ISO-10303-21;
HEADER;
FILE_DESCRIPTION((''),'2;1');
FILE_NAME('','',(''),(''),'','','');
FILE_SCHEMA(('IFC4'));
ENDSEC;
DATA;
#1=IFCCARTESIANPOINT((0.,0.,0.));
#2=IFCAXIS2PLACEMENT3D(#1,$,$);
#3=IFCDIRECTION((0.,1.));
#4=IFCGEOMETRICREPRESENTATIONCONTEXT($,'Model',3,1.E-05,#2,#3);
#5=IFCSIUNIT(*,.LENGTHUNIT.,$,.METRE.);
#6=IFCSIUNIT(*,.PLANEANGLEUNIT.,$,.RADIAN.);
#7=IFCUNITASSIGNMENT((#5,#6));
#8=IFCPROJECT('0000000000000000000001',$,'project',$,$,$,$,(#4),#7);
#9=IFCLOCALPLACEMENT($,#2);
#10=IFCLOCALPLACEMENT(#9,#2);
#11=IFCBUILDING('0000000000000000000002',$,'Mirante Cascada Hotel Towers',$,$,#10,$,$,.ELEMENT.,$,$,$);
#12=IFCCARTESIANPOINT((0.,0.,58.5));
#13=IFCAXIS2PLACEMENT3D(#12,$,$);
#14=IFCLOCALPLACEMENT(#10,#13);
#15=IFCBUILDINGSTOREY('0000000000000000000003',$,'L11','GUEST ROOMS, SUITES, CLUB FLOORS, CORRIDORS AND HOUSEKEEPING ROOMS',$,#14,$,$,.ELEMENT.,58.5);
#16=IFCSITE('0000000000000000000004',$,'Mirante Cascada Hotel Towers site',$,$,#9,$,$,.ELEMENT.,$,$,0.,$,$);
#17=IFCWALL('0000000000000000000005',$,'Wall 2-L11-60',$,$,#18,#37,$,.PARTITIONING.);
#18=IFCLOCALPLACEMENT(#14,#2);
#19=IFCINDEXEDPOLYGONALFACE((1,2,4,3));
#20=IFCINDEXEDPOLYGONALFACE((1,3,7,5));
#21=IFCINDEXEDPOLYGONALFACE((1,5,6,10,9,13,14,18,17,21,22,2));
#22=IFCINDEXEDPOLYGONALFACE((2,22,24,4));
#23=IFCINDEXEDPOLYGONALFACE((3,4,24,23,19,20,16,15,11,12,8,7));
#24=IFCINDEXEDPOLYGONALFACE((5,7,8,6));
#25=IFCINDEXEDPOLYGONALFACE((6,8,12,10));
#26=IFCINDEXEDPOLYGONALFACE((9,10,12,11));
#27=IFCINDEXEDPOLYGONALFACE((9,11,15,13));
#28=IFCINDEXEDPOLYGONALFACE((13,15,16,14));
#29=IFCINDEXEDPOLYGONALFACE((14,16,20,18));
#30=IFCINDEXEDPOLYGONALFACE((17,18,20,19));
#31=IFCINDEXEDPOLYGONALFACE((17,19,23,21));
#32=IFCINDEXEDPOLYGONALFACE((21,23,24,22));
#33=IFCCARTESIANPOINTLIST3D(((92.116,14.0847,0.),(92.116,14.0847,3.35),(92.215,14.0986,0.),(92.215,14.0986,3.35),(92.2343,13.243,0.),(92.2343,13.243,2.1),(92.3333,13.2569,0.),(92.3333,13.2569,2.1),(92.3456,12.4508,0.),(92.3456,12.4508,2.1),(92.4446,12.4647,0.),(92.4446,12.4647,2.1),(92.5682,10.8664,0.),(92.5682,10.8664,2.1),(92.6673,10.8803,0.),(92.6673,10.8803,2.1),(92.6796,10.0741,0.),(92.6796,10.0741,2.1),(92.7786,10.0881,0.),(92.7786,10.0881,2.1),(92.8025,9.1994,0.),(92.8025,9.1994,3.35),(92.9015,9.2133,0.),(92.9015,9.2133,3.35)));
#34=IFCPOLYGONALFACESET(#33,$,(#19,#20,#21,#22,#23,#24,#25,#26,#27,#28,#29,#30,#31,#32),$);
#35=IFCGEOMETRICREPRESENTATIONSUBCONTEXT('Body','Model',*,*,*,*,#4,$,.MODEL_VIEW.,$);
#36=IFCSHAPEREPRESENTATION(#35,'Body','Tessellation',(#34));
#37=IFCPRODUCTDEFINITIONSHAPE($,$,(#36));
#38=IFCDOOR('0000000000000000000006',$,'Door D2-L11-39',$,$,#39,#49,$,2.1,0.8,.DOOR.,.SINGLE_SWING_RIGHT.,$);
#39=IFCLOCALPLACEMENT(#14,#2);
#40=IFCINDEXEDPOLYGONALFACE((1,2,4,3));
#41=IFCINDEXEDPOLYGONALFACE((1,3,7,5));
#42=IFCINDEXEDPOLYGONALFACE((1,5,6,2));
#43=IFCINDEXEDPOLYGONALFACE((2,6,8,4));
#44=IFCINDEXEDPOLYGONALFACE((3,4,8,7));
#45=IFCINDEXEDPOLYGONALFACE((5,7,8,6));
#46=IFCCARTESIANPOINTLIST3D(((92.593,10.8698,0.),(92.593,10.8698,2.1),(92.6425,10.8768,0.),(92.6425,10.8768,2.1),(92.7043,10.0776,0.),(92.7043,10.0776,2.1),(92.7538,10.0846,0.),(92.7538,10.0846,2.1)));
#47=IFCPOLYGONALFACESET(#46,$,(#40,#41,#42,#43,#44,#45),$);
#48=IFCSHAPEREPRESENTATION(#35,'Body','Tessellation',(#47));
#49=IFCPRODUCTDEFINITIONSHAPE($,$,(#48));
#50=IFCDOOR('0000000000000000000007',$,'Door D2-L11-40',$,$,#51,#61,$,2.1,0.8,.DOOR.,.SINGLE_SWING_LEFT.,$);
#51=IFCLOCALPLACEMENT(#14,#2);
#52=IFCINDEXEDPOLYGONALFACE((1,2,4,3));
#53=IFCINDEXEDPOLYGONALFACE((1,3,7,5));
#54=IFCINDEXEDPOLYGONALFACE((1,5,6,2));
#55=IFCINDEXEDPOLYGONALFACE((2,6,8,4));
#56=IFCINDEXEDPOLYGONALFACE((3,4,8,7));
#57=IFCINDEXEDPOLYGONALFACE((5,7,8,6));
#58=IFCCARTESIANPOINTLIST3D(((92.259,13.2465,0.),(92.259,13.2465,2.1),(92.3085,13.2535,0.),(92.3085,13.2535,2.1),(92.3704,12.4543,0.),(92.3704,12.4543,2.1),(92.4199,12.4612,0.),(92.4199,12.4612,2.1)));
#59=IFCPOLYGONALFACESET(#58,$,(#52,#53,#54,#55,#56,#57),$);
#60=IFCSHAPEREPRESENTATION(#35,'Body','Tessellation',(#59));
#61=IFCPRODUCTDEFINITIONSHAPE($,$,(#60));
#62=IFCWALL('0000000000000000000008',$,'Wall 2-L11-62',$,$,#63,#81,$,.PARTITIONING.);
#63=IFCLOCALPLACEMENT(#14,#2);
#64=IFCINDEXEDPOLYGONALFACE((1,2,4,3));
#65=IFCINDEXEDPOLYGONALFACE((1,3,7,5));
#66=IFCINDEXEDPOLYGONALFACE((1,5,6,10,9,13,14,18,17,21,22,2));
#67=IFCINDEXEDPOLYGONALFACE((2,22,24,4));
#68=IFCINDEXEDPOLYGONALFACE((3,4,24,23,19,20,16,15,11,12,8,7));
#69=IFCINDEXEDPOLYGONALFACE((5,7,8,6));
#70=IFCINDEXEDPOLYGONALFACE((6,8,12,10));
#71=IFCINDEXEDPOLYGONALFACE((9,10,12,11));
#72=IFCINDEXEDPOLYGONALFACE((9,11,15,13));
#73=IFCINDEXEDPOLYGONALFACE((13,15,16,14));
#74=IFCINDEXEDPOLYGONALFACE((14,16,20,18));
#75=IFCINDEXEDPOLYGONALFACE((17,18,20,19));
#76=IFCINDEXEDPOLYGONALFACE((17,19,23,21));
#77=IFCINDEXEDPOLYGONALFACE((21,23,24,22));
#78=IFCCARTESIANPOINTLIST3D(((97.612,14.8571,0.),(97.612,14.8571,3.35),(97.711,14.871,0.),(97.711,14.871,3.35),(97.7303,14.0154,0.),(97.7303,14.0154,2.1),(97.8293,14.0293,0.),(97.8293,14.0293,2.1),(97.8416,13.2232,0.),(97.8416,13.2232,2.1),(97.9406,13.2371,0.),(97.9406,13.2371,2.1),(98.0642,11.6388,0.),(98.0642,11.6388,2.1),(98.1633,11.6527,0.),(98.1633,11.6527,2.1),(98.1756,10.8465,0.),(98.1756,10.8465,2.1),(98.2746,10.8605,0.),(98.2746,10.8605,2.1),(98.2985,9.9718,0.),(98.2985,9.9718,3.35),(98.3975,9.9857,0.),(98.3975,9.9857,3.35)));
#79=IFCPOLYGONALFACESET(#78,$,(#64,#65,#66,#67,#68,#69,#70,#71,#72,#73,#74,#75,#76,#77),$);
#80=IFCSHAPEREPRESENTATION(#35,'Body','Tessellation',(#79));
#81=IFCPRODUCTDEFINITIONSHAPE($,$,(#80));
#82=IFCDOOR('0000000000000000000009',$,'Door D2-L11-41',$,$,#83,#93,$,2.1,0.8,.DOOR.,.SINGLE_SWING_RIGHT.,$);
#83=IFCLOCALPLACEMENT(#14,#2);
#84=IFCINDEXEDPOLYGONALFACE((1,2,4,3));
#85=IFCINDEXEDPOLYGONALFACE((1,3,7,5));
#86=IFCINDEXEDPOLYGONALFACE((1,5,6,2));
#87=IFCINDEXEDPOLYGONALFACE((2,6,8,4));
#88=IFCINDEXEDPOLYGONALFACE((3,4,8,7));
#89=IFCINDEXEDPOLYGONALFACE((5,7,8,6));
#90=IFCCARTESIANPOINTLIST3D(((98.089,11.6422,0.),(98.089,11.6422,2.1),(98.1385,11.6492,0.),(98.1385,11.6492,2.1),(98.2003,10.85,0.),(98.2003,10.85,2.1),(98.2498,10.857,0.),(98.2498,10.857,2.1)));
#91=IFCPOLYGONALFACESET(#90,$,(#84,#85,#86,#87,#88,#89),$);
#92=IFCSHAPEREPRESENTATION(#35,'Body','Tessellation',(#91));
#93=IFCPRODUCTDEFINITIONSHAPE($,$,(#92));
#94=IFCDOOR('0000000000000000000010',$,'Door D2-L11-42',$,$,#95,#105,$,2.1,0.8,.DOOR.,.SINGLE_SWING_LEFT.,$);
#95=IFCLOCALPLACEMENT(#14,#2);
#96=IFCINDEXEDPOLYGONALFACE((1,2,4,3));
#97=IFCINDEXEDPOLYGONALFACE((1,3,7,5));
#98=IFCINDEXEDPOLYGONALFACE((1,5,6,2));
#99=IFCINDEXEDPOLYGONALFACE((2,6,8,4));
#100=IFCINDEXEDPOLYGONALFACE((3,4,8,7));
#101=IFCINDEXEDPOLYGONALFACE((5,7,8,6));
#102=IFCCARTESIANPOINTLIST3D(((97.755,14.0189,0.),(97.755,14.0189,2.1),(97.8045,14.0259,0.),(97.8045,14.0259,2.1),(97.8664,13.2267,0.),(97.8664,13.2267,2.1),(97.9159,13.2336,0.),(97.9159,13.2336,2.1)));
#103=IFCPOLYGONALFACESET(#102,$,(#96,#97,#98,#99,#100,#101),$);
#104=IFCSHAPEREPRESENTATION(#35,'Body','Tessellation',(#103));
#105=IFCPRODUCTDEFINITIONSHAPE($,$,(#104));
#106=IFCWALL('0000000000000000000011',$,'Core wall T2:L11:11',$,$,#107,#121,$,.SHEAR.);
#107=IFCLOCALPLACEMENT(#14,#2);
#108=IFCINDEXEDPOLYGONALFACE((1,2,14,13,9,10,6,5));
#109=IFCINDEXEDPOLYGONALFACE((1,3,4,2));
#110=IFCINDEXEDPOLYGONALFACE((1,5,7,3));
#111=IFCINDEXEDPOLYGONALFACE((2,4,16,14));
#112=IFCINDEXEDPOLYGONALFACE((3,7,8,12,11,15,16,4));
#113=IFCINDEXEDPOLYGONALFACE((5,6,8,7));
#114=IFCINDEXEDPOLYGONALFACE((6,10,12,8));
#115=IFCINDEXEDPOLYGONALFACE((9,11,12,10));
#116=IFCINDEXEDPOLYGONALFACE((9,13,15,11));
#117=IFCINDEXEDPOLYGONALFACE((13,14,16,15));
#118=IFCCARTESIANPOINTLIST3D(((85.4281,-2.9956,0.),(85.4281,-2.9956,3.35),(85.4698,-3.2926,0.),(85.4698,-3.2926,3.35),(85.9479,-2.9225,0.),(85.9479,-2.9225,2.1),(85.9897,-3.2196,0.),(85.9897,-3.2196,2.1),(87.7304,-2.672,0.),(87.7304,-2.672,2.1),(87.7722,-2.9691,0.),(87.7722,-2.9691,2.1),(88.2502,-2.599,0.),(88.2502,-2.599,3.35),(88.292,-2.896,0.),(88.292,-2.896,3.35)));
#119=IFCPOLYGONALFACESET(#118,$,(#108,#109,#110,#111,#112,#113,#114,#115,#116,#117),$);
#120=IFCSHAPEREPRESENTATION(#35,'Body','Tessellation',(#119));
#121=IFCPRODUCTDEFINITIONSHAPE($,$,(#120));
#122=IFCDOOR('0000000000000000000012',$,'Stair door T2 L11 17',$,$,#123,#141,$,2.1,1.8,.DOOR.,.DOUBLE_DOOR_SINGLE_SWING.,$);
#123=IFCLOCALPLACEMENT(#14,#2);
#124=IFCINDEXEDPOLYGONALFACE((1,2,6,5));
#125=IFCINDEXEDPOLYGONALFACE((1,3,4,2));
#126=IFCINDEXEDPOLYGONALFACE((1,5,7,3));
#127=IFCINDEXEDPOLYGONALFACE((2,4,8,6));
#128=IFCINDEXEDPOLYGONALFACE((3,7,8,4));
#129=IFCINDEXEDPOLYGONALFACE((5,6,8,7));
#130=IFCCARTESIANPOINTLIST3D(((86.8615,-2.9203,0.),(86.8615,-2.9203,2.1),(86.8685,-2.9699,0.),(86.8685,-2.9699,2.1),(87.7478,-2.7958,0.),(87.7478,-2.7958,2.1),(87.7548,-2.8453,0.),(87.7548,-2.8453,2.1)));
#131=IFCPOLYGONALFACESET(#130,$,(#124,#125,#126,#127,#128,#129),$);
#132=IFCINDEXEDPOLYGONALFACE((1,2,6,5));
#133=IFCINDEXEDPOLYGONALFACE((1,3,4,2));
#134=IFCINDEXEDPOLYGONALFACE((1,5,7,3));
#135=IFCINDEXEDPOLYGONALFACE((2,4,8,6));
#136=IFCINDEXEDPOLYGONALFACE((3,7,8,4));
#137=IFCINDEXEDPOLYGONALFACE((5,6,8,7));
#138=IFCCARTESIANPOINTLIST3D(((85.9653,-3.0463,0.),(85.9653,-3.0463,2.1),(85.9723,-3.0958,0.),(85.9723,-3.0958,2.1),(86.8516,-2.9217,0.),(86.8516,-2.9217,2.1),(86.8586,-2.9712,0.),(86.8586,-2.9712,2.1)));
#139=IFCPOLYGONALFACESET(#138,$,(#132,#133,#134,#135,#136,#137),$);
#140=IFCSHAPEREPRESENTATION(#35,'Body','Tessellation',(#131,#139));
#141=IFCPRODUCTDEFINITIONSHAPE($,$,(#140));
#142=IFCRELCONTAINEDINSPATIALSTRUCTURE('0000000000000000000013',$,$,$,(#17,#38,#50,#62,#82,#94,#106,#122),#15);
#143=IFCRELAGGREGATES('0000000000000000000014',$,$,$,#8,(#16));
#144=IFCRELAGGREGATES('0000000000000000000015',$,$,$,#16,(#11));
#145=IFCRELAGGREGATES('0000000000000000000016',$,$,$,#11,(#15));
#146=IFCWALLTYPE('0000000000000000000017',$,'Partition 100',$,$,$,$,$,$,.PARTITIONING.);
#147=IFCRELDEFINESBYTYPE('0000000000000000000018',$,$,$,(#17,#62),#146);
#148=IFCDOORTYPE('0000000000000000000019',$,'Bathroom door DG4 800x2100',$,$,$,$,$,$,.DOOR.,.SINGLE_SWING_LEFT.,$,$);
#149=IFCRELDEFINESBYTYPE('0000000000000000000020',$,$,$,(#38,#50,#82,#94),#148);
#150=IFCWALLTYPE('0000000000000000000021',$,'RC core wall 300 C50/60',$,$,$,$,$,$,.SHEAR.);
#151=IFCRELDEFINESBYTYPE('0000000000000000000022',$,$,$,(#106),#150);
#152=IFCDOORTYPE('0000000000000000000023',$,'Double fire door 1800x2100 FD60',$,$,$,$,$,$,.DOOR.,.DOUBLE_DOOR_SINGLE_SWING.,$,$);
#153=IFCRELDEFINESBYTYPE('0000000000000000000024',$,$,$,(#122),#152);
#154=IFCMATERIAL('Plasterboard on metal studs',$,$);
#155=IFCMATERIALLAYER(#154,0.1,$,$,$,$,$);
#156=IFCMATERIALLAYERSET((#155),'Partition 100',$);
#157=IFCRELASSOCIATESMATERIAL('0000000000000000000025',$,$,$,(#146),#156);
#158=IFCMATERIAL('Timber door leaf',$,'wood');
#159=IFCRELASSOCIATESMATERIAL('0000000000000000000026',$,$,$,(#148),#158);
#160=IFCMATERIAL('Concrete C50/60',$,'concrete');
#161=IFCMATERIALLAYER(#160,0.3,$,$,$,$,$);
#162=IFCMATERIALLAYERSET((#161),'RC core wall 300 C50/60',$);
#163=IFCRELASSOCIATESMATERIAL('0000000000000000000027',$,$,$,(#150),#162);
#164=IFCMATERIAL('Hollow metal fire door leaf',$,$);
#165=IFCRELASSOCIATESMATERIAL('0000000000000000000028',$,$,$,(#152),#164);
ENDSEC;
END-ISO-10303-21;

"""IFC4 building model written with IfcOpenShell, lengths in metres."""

from ifc_helpers import new_model, si_unit, direction, frame, frame_2d, origin, place, context, subcontext, project, spatial, rectangle, extrude, material, layer, layer_set, type_object, element, fill, save


model = new_model("IFC4")

# Units and contexts
model_context = context("Model", 3, precision=1e-05, world=origin(), true_north=direction((0.0, 1.0)))
body_context = subcontext(model_context, "Body", "Model", "MODEL_VIEW")
ifc_project = project(units=[si_unit("LENGTHUNIT", "METRE"), si_unit("PLANEANGLEUNIT", "RADIAN")], contexts=[model_context])

# Site, building, storey
site_placement = place(None, origin())
site = spatial("IfcSite", under=ifc_project, at=site_placement, Name="Mirante Cascada Hotel Towers site", CompositionType="ELEMENT", RefElevation=0.0)
building_placement = place(site_placement, origin())
building = spatial("IfcBuilding", under=site, at=building_placement, Name="Mirante Cascada Hotel Towers", CompositionType="ELEMENT")
storey_placement = place(building_placement, frame((0.0, 0.0, 58.5)))
storey = spatial("IfcBuildingStorey", under=building, at=storey_placement, Name="L11", Description="GUEST ROOMS, SUITES, CLUB FLOORS, CORRIDORS AND HOUSEKEEPING ROOMS", CompositionType="ELEMENT", Elevation=58.5)

# Shared definitions
ifc_material_1 = material(Name="Plasterboard on metal studs")
ifc_layer_1 = layer(ifc_material_1, 0.1)
ifc_layer_set_1 = layer_set([ifc_layer_1], Name="Partition 100")
wall_type_1 = type_object("IfcWallType", Name="Partition 100", PredefinedType="PARTITIONING", material=ifc_layer_set_1)

# Walls, openings, doors
wall_1_placement = place(storey_placement, frame((92.852, 9.2064, 0.0), z_axis=(0.0, 0.0, 1.0), x_axis=(-0.139156, 0.99027, 0.0)))
wall_1 = element("IfcWall", 1, at=wall_1_placement, inside=storey, type_object=wall_type_1, Name="Wall 2-L11-60", PredefinedType="PARTITIONING", context=body_context, shape_type="SweptSolid", body=[
    extrude(rectangle(XDim=4.9333, YDim=0.1, at=frame_2d((2.4666, 0.0))), origin(), (0.0, 0.0, 1.0), 3.35),
])
opening_1_placement = place(wall_1_placement, frame((0.8833, 0.0, 0.0)))
opening_1 = element("IfcOpeningElement", 2, at=opening_1_placement, cuts=wall_1, PredefinedType="OPENING", context=body_context, shape_type="SweptSolid", body=[
    extrude(rectangle(XDim=0.8, YDim=2.1, at=frame_2d((0.4, 1.05))), frame((0.0, 0.05, 0.0), z_axis=(0.0, -1.0, 0.0), x_axis=(1.0, 0.0, 0.0)), (0.0, 0.0, 1.0), 0.1),
])
opening_2_placement = place(wall_1_placement, frame((3.2833, 0.0, 0.0)))
opening_2 = element("IfcOpeningElement", 3, at=opening_2_placement, cuts=wall_1, PredefinedType="OPENING", context=body_context, shape_type="SweptSolid", body=[
    extrude(rectangle(XDim=0.8, YDim=2.1, at=frame_2d((0.4, 1.05))), frame((0.0, 0.05, 0.0), z_axis=(0.0, -1.0, 0.0), x_axis=(1.0, 0.0, 0.0)), (0.0, 0.0, 1.0), 0.1),
])
ifc_material_2 = material(Name="Timber door leaf", Category="wood")
door_type_1 = type_object("IfcDoorType", Name="Bathroom door DG4 800x2100", OperationType="SINGLE_SWING_LEFT", PredefinedType="DOOR", material=ifc_material_2)
door_1_placement = place(opening_1_placement, frame((0.8, 0.0, 0.0), z_axis=(0.0, 0.0, 1.0), x_axis=(-1.0, 0.0, 0.0)))
door_1 = element("IfcDoor", 4, at=door_1_placement, inside=storey, type_object=door_type_1, Name="Door D2-L11-39", OperationType="SINGLE_SWING_RIGHT", OverallHeight=2.1, OverallWidth=0.8, PredefinedType="DOOR", context=body_context, shape_type="SweptSolid", body=[
    extrude(rectangle(XDim=0.8, YDim=2.1, at=frame_2d((0.4, 1.05))), frame((0.0, 0.025, 0.0), z_axis=(0.0, -1.0, 0.0), x_axis=(1.0, 0.0, 0.0)), (0.0, 0.0, 1.0), 0.05),
])
fill(opening_1, door_1)
door_2_placement = place(opening_2_placement, origin())
door_2 = element("IfcDoor", 5, at=door_2_placement, inside=storey, type_object=door_type_1, Name="Door D2-L11-40", OperationType="SINGLE_SWING_LEFT", OverallHeight=2.1, OverallWidth=0.8, PredefinedType="DOOR", context=body_context, shape_type="SweptSolid", body=[
    extrude(rectangle(XDim=0.8, YDim=2.1, at=frame_2d((0.4, 1.05))), frame((0.0, 0.025, 0.0), z_axis=(0.0, -1.0, 0.0), x_axis=(1.0, 0.0, 0.0)), (0.0, 0.0, 1.0), 0.05),
])
fill(opening_2, door_2)
wall_2_placement = place(storey_placement, frame((98.348, 9.9788, 0.0), z_axis=(0.0, 0.0, 1.0), x_axis=(-0.139156, 0.99027, 0.0)))
wall_2 = element("IfcWall", 6, at=wall_2_placement, inside=storey, type_object=wall_type_1, Name="Wall 2-L11-62", PredefinedType="PARTITIONING", context=body_context, shape_type="SweptSolid", body=[
    extrude(rectangle(XDim=4.9333, YDim=0.1, at=frame_2d((2.4666, 0.0))), origin(), (0.0, 0.0, 1.0), 3.35),
])
opening_3_placement = place(wall_2_placement, frame((0.8833, 0.0, 0.0)))
opening_3 = element("IfcOpeningElement", 7, at=opening_3_placement, cuts=wall_2, PredefinedType="OPENING", context=body_context, shape_type="SweptSolid", body=[
    extrude(rectangle(XDim=0.8, YDim=2.1, at=frame_2d((0.4, 1.05))), frame((0.0, 0.05, 0.0), z_axis=(0.0, -1.0, 0.0), x_axis=(1.0, 0.0, 0.0)), (0.0, 0.0, 1.0), 0.1),
])
opening_4_placement = place(wall_2_placement, frame((3.2833, 0.0, 0.0)))
opening_4 = element("IfcOpeningElement", 8, at=opening_4_placement, cuts=wall_2, PredefinedType="OPENING", context=body_context, shape_type="SweptSolid", body=[
    extrude(rectangle(XDim=0.8, YDim=2.1, at=frame_2d((0.4, 1.05))), frame((0.0, 0.05, 0.0), z_axis=(0.0, -1.0, 0.0), x_axis=(1.0, 0.0, 0.0)), (0.0, 0.0, 1.0), 0.1),
])
door_3_placement = place(opening_3_placement, frame((0.8, 0.0, 0.0), z_axis=(0.0, 0.0, 1.0), x_axis=(-1.0, 0.0, 0.0)))
door_3 = element("IfcDoor", 9, at=door_3_placement, inside=storey, type_object=door_type_1, Name="Door D2-L11-41", OperationType="SINGLE_SWING_RIGHT", OverallHeight=2.1, OverallWidth=0.8, PredefinedType="DOOR", context=body_context, shape_type="SweptSolid", body=[
    extrude(rectangle(XDim=0.8, YDim=2.1, at=frame_2d((0.4, 1.05))), frame((0.0, 0.025, 0.0), z_axis=(0.0, -1.0, 0.0), x_axis=(1.0, 0.0, 0.0)), (0.0, 0.0, 1.0), 0.05),
])
fill(opening_3, door_3)
door_4_placement = place(opening_4_placement, origin())
door_4 = element("IfcDoor", 10, at=door_4_placement, inside=storey, type_object=door_type_1, Name="Door D2-L11-42", OperationType="SINGLE_SWING_LEFT", OverallHeight=2.1, OverallWidth=0.8, PredefinedType="DOOR", context=body_context, shape_type="SweptSolid", body=[
    extrude(rectangle(XDim=0.8, YDim=2.1, at=frame_2d((0.4, 1.05))), frame((0.0, 0.025, 0.0), z_axis=(0.0, -1.0, 0.0), x_axis=(1.0, 0.0, 0.0)), (0.0, 0.0, 1.0), 0.05),
])
fill(opening_4, door_4)

# Wall, opening, door
ifc_material_3 = material(Name="Concrete C50/60", Category="concrete")
ifc_layer_2 = layer(ifc_material_3, 0.3)
ifc_layer_set_2 = layer_set([ifc_layer_2], Name="RC core wall 300 C50/60")
wall_type_2 = type_object("IfcWallType", Name="RC core wall 300 C50/60", PredefinedType="SHEAR", material=ifc_layer_set_2)
wall_3_placement = place(storey_placement, frame((85.4489, -3.1441, 0.0), z_axis=(0.0, 0.0, 1.0), x_axis=(0.99027, 0.139161, 0.0)))
wall_3 = element("IfcWall", 11, at=wall_3_placement, inside=storey, type_object=wall_type_2, Name="Core wall T2:L11:11", PredefinedType="SHEAR", context=body_context, shape_type="SweptSolid", body=[
    extrude(rectangle(XDim=2.8499, YDim=0.3, at=frame_2d((1.425, 0.0))), origin(), (0.0, 0.0, 1.0), 3.35),
])
opening_5_placement = place(wall_3_placement, frame((0.525, 0.0, 0.0)))
opening_5 = element("IfcOpeningElement", 12, at=opening_5_placement, cuts=wall_3, PredefinedType="OPENING", context=body_context, shape_type="SweptSolid", body=[
    extrude(rectangle(XDim=1.8, YDim=2.1, at=frame_2d((0.9, 1.05))), frame((0.0, 0.15, 0.0), z_axis=(0.0, -1.0, 0.0), x_axis=(1.0, 0.0, 0.0)), (0.0, 0.0, 1.0), 0.3),
])
ifc_material_4 = material(Name="Hollow metal fire door leaf")
door_type_2 = type_object("IfcDoorType", Name="Double fire door 1800x2100 FD60", OperationType="DOUBLE_DOOR_SINGLE_SWING", PredefinedType="DOOR", material=ifc_material_4)
door_5_placement = place(opening_5_placement, frame((1.8, 0.0, 0.0), z_axis=(0.0, 0.0, 1.0), x_axis=(-1.0, 0.0, 0.0)))
door_5 = element("IfcDoor", 13, at=door_5_placement, inside=storey, type_object=door_type_2, Name="Stair door T2 L11 17", OperationType="DOUBLE_DOOR_SINGLE_SWING", OverallHeight=2.1, OverallWidth=1.8, PredefinedType="DOOR", context=body_context, shape_type="SweptSolid", body=[
    extrude(rectangle(XDim=0.895, YDim=2.1, at=frame_2d((0.4475, 1.05))), frame((0.0, 0.025, 0.0), z_axis=(0.0, -1.0, 0.0), x_axis=(1.0, 0.0, 0.0)), (0.0, 0.0, 1.0), 0.05),
    extrude(rectangle(XDim=0.895, YDim=2.1, at=frame_2d((1.3525, 1.05))), frame((0.0, 0.025, 0.0), z_axis=(0.0, -1.0, 0.0), x_axis=(1.0, 0.0, 0.0)), (0.0, 0.0, 1.0), 0.05),
])
fill(opening_5, door_5)

save(model, "model.ifc")
